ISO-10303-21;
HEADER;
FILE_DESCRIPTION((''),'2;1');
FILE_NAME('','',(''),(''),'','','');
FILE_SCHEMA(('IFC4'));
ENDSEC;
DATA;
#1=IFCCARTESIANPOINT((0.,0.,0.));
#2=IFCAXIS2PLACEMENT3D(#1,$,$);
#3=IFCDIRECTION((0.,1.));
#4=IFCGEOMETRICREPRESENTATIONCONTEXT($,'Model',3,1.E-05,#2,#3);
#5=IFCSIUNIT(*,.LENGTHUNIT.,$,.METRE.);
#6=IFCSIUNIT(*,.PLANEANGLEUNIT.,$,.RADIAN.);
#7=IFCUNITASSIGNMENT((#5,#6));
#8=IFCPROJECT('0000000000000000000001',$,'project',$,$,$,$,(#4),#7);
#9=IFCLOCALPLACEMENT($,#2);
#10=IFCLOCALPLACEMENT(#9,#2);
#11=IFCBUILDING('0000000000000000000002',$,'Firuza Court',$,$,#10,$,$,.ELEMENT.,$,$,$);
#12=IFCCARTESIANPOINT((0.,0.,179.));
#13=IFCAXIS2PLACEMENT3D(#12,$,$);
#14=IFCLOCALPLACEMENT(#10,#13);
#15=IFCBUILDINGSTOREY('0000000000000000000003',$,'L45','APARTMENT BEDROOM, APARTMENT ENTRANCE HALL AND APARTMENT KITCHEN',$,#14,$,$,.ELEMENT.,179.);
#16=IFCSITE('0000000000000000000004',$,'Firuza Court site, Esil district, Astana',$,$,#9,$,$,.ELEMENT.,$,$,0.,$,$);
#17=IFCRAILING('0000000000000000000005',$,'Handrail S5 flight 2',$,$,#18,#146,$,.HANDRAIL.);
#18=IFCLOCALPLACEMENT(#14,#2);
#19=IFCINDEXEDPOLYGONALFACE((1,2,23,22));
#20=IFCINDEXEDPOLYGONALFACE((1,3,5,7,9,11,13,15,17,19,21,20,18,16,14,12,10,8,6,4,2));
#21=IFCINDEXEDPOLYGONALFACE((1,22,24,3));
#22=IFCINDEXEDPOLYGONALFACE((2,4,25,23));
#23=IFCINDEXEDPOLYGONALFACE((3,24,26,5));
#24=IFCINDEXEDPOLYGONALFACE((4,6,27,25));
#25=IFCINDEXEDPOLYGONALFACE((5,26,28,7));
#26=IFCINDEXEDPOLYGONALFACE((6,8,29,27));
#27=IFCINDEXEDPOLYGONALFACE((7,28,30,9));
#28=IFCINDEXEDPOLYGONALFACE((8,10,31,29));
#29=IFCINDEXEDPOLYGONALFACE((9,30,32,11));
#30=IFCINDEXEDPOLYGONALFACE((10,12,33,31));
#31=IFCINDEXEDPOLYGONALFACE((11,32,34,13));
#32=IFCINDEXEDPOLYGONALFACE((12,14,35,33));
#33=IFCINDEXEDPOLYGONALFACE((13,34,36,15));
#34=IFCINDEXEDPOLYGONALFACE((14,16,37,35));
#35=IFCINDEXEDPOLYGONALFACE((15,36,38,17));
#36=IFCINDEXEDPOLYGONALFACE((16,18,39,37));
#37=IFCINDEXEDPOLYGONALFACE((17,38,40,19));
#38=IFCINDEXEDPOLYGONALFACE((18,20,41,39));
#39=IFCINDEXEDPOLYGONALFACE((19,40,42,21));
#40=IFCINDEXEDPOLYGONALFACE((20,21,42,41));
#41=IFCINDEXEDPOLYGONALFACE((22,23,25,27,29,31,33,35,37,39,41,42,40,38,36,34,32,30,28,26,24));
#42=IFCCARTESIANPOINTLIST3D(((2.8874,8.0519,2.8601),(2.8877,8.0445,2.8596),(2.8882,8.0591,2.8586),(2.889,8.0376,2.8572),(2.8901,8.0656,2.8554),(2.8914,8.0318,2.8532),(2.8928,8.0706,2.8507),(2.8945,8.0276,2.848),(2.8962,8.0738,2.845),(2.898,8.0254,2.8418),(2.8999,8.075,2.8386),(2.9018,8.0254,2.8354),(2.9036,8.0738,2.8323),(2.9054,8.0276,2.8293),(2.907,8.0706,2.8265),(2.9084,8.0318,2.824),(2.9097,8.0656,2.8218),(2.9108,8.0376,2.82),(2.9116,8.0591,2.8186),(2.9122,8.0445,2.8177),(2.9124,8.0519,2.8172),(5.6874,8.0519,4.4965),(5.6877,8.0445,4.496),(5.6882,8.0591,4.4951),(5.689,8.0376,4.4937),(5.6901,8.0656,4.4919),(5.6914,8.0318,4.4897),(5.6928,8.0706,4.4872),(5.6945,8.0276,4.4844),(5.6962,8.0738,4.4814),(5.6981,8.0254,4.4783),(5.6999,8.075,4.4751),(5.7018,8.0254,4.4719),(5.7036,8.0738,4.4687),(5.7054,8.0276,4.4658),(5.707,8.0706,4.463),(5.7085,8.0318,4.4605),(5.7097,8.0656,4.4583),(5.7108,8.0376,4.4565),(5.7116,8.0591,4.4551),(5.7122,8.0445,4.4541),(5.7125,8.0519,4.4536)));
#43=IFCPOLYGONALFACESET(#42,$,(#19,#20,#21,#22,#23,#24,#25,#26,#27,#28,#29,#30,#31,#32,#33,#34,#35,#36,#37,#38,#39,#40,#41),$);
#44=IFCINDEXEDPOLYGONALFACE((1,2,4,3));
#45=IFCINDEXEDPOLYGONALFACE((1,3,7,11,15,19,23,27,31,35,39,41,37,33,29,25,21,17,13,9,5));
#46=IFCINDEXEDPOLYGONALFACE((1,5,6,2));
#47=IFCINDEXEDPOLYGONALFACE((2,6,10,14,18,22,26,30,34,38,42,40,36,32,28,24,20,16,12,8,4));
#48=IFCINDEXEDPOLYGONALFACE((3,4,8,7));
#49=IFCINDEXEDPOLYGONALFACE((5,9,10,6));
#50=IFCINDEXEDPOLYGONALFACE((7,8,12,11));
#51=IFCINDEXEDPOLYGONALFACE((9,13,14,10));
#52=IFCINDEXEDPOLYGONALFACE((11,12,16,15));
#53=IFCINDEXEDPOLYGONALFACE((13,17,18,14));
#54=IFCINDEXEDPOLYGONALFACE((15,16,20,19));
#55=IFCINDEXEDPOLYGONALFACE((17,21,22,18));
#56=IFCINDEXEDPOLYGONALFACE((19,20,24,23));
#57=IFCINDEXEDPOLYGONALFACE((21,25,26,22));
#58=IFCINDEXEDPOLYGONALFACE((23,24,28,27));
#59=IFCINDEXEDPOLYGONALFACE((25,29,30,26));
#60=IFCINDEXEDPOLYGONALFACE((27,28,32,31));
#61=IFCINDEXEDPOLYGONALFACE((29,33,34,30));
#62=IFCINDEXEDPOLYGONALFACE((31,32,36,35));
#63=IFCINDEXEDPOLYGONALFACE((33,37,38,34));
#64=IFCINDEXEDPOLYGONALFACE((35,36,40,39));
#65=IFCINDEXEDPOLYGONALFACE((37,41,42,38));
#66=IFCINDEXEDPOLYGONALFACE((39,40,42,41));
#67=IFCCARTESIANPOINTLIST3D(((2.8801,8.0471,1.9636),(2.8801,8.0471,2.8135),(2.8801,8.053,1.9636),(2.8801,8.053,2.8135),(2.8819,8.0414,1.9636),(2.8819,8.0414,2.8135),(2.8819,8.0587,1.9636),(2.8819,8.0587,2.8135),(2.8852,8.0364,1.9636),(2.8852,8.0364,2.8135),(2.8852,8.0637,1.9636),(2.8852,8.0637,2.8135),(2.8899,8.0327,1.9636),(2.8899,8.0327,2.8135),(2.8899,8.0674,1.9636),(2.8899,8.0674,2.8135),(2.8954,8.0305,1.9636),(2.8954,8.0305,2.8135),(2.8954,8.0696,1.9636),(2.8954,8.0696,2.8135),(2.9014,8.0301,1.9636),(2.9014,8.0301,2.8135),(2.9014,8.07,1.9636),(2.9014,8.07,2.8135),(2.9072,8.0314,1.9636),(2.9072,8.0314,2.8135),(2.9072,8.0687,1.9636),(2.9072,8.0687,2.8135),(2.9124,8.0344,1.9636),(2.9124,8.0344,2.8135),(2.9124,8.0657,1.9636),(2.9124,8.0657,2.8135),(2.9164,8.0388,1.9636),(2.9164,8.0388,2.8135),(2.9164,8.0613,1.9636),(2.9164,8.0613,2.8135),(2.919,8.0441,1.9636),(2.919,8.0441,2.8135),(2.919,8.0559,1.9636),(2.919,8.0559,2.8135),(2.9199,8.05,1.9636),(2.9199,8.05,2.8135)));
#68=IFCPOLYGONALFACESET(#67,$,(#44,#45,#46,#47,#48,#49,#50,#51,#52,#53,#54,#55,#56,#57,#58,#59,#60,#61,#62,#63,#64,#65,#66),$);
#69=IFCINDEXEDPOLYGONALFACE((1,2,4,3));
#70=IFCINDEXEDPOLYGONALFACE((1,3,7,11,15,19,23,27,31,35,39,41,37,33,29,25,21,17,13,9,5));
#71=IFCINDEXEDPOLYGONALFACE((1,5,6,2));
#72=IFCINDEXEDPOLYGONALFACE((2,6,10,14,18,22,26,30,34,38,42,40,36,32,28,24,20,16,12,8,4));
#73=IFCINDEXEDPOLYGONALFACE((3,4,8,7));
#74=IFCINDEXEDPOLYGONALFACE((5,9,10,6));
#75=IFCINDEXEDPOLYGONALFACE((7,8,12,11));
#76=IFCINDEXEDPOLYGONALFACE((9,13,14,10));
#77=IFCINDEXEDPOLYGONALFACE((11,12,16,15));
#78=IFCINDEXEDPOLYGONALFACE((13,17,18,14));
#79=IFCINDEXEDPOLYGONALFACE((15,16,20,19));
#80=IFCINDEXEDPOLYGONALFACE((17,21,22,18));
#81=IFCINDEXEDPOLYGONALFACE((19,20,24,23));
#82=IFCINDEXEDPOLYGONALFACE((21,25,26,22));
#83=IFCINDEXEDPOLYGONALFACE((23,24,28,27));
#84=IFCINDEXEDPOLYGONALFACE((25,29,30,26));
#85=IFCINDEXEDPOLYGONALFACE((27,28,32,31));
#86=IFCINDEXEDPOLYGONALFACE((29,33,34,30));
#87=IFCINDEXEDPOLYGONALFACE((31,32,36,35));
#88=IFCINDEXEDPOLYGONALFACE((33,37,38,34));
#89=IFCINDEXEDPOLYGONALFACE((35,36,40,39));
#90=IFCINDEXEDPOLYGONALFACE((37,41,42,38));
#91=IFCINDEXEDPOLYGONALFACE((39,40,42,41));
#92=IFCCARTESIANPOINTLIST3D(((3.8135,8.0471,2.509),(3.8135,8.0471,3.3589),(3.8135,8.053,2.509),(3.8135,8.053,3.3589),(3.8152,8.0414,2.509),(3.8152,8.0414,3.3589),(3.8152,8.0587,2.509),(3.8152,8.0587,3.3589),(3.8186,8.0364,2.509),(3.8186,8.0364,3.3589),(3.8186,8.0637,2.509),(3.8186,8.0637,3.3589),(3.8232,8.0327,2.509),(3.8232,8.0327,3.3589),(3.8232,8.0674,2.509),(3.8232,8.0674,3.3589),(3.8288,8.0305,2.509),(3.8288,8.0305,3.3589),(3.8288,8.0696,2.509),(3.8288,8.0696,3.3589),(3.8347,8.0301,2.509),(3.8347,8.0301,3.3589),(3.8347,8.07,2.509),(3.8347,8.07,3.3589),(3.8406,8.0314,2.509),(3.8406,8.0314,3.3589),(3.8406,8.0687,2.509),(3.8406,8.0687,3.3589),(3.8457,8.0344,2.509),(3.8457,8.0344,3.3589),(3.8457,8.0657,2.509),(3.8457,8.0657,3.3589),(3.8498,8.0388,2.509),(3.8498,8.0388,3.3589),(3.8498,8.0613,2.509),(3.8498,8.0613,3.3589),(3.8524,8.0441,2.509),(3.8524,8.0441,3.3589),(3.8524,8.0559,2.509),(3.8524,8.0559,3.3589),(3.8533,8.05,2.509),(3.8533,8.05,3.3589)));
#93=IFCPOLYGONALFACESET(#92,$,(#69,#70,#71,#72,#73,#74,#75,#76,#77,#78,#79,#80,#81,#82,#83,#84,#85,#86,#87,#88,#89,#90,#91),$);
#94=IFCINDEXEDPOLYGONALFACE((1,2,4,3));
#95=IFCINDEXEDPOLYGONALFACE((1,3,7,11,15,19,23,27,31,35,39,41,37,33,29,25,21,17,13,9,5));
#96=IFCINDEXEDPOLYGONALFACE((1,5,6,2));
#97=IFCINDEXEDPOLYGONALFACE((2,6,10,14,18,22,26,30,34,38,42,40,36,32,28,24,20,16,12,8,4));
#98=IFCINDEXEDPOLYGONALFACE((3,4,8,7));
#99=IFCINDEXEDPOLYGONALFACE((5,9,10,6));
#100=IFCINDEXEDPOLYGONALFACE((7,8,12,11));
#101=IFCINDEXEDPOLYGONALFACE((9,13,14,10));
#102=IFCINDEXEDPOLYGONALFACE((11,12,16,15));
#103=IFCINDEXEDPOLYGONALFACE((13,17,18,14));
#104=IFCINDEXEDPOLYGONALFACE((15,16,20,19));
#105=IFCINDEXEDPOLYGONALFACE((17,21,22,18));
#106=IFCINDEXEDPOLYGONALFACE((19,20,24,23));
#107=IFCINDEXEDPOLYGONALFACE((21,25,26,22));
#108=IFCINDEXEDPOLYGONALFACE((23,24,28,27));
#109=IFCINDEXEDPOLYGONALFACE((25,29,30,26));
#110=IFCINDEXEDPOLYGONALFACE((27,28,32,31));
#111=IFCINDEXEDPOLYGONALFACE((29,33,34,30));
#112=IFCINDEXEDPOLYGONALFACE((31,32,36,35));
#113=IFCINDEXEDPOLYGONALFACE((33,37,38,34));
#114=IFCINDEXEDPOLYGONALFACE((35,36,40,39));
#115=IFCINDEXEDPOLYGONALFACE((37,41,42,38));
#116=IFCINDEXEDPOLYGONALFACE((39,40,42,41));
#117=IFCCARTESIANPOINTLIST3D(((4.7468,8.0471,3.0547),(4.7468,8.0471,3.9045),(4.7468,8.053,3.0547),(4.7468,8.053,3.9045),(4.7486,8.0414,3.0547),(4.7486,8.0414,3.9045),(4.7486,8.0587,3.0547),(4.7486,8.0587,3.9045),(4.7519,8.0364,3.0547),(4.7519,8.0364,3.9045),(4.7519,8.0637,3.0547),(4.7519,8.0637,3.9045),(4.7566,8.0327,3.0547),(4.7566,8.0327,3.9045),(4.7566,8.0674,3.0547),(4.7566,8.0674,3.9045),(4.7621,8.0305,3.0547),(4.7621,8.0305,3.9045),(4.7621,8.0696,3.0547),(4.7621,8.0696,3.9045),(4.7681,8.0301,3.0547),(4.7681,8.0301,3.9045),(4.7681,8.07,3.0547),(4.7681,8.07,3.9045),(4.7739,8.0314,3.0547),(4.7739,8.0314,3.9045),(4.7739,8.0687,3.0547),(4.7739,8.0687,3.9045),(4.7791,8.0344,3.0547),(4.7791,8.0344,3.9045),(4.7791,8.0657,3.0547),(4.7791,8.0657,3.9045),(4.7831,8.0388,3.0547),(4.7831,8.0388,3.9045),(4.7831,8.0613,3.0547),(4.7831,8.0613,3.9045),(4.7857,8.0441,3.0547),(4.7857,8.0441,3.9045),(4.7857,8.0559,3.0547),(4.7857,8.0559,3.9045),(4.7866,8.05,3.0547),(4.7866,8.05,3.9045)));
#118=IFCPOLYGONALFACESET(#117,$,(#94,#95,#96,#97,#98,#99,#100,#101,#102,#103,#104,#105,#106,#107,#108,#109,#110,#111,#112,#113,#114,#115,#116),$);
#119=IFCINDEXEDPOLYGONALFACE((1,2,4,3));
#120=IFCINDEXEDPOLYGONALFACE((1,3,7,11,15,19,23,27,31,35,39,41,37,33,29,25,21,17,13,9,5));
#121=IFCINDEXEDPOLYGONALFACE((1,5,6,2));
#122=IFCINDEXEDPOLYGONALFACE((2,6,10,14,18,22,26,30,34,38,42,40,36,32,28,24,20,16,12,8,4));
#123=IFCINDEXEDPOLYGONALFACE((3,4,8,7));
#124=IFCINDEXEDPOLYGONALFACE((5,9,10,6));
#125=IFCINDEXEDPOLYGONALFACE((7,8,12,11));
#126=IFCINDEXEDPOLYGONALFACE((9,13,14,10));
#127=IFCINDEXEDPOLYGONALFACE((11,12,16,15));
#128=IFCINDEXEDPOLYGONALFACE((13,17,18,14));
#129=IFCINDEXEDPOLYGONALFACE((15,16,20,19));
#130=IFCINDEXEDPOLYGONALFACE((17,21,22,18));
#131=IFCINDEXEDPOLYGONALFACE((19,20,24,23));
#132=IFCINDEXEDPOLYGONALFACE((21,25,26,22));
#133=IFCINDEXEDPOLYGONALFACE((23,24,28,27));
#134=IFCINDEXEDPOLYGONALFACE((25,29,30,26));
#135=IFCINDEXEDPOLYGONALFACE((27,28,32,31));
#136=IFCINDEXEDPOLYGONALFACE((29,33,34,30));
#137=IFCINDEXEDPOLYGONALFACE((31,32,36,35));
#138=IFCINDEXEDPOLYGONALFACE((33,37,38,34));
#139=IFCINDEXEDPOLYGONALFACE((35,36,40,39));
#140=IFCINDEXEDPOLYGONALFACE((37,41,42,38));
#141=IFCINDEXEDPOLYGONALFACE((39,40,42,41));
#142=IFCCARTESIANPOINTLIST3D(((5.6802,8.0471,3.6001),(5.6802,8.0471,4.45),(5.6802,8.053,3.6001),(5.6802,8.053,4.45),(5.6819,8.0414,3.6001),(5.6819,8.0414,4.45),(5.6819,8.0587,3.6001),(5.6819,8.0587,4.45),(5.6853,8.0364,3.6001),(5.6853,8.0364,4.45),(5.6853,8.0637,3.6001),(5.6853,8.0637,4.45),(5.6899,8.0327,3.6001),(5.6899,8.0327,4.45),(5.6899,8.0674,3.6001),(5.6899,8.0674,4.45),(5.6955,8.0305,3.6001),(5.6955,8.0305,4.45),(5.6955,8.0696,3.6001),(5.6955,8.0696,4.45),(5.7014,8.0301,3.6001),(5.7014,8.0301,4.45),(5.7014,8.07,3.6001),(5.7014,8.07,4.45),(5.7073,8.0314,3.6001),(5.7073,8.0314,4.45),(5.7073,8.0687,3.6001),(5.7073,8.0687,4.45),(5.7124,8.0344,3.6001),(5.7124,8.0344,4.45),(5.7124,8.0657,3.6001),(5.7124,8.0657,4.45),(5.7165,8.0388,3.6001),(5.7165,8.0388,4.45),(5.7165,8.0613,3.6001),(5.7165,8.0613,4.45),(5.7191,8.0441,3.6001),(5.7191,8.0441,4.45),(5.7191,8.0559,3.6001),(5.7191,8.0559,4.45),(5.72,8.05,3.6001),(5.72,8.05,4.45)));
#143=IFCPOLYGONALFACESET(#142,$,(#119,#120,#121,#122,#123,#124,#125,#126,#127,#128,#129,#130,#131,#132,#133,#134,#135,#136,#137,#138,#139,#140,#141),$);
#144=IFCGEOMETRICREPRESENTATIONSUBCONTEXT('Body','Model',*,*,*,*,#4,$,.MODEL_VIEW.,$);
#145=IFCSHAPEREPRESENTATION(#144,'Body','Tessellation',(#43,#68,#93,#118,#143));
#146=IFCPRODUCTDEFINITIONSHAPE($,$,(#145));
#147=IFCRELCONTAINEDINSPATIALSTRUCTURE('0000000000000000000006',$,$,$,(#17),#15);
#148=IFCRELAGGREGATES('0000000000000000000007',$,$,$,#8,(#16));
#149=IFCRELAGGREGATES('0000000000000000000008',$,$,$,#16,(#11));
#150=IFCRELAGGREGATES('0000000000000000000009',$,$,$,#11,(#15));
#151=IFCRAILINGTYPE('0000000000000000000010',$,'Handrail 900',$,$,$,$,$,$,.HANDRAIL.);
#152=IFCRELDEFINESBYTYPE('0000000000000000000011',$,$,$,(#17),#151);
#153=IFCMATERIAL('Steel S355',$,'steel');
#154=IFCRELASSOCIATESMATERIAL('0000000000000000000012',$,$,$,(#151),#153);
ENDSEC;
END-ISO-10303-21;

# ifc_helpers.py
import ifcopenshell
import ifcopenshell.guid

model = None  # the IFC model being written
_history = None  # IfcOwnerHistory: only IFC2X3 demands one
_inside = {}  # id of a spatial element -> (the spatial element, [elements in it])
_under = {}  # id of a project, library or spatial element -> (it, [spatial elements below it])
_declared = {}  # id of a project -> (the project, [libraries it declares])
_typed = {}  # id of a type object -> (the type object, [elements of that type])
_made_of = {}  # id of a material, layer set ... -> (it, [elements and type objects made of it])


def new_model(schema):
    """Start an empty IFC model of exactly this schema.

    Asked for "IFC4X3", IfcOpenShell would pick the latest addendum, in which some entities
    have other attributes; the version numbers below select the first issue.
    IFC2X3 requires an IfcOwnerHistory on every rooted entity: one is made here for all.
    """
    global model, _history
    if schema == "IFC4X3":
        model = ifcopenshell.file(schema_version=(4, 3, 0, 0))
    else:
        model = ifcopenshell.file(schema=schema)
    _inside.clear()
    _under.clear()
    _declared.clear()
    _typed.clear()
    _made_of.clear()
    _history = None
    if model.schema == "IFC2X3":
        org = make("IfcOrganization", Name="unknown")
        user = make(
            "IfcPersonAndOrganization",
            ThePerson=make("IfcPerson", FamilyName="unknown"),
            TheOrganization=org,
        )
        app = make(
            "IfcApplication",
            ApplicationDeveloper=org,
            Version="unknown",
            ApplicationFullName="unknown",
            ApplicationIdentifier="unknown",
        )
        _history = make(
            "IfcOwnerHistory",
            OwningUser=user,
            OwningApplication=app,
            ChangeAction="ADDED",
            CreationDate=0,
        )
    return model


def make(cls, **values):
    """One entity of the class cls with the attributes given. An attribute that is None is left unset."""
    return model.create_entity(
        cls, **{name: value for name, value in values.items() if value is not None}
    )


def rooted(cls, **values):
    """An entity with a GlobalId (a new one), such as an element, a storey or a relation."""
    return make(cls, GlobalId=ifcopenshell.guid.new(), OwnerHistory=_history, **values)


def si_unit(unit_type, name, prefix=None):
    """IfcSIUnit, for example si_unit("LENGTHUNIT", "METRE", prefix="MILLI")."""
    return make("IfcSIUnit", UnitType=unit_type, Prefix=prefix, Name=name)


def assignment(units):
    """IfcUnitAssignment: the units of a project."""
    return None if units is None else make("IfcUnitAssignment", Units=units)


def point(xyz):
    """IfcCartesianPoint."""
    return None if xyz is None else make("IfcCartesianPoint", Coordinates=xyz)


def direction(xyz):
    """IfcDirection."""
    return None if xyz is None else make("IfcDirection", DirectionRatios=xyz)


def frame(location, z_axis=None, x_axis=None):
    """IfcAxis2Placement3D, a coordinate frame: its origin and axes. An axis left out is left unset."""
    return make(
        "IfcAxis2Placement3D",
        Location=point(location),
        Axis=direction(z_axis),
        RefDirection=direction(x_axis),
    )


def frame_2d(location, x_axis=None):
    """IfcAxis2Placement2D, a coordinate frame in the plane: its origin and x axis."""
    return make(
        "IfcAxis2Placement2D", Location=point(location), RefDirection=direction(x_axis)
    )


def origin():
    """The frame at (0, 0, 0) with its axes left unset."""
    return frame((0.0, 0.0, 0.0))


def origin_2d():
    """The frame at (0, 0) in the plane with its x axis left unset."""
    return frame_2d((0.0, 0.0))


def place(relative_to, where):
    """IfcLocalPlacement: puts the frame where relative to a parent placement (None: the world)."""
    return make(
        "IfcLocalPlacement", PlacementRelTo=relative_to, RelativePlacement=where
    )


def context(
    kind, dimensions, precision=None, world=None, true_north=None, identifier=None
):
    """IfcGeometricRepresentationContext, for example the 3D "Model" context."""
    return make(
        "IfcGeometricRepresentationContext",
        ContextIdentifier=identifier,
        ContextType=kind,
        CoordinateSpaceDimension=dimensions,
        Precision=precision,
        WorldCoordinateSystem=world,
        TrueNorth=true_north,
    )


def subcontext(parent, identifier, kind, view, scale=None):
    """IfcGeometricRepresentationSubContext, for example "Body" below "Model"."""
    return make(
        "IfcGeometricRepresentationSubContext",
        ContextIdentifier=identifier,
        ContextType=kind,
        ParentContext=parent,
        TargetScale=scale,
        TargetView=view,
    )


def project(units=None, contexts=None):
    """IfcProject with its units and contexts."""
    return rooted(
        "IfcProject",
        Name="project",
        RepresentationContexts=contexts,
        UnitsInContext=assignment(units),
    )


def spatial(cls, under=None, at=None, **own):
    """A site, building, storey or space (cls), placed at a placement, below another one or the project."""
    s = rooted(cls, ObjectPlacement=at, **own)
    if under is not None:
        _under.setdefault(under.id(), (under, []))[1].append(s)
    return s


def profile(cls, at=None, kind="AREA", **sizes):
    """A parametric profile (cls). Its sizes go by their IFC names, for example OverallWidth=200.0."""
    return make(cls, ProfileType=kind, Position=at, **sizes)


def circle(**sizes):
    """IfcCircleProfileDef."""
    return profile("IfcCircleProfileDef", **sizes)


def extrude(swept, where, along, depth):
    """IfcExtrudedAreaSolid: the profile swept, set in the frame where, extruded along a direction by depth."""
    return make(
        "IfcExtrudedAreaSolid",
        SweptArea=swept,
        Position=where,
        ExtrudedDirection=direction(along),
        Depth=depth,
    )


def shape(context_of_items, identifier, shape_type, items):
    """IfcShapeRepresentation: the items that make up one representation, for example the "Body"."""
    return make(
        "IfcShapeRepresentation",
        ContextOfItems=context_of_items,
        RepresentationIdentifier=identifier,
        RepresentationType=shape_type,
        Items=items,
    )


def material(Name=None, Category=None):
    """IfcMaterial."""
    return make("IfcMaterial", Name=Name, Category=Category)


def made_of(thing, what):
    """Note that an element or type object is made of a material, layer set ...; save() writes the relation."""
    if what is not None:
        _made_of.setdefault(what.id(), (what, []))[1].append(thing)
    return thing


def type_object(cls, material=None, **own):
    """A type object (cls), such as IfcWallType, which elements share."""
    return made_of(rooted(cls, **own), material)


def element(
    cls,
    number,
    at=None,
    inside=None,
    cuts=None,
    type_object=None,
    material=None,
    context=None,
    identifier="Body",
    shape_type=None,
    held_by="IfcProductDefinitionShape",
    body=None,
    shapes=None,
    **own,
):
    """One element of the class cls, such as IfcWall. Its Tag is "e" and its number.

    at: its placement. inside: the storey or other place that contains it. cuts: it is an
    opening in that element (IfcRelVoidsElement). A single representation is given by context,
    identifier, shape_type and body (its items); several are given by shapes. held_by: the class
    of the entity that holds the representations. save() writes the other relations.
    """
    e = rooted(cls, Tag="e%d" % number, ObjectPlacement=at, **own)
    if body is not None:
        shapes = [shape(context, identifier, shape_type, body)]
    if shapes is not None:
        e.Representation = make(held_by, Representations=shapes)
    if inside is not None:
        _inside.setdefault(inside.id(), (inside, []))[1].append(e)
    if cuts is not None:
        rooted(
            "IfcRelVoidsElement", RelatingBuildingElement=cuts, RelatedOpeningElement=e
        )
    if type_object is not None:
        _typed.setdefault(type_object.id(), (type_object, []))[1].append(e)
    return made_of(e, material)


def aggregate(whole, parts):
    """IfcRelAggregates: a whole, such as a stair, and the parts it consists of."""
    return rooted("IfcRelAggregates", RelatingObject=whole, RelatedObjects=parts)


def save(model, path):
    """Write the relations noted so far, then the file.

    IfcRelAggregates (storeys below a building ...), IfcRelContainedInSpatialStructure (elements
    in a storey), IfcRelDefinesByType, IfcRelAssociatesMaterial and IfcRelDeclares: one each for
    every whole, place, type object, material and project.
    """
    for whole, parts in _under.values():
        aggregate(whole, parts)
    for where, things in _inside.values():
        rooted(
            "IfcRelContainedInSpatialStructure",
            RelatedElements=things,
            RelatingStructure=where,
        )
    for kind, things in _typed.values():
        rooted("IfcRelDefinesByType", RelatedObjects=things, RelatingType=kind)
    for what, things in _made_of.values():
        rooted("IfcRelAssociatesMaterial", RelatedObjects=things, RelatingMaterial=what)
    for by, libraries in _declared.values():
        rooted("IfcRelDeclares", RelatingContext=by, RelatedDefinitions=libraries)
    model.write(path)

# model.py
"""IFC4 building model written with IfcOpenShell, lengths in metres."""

from ifc_helpers import new_model, si_unit, direction, frame, origin, origin_2d, place, context, subcontext, project, spatial, circle, extrude, material, type_object, element, save


model = new_model("IFC4")

# Units and contexts
model_context = context("Model", 3, precision=1e-05, world=origin(), true_north=direction((0.0, 1.0)))
body_context = subcontext(model_context, "Body", "Model", "MODEL_VIEW")
ifc_project = project(units=[si_unit("LENGTHUNIT", "METRE"), si_unit("PLANEANGLEUNIT", "RADIAN")], contexts=[model_context])

# Site, building, storey
site_placement = place(None, origin())
site = spatial("IfcSite", under=ifc_project, at=site_placement, Name="Firuza Court site, Esil district, Astana", CompositionType="ELEMENT", RefElevation=0.0)
building_placement = place(site_placement, origin())
building = spatial("IfcBuilding", under=site, at=building_placement, Name="Firuza Court", CompositionType="ELEMENT")
storey_placement = place(building_placement, frame((0.0, 0.0, 179.0)))
storey = spatial("IfcBuildingStorey", under=building, at=storey_placement, Name="L45", Description="APARTMENT BEDROOM, APARTMENT ENTRANCE HALL AND APARTMENT KITCHEN", CompositionType="ELEMENT", Elevation=179.0)

# Railing
ifc_material_1 = material(Name="Steel S355", Category="steel")
railing_type_1 = type_object("IfcRailingType", Name="Handrail 900", PredefinedType="HANDRAIL", material=ifc_material_1)
railing_1_placement = place(storey_placement, frame((2.8999, 8.05, 1.9636)))
element("IfcRailing", 1, at=railing_1_placement, inside=storey, type_object=railing_type_1, Name="Handrail S5 flight 2", PredefinedType="HANDRAIL", context=body_context, shape_type="SweptSolid", body=[
    extrude(circle(Radius=0.0249, at=origin_2d()), frame((0.0, 0.0, 0.875), z_axis=(0.863361, 0.0, 0.504587), x_axis=(0.0, 1.0, 0.0)), (0.0, 0.0, 1.0), 3.2432),
    extrude(circle(Radius=0.02, at=origin_2d()), origin(), (0.0, 0.0, 1.0), 0.8499),
    extrude(circle(Radius=0.02, at=origin_2d()), frame((0.9333, 0.0, 0.5454)), (0.0, 0.0, 1.0), 0.8499),
    extrude(circle(Radius=0.02, at=origin_2d()), frame((1.8667, 0.0, 1.0911)), (0.0, 0.0, 1.0), 0.8499),
    extrude(circle(Radius=0.02, at=origin_2d()), frame((2.8, 0.0, 1.6365)), (0.0, 0.0, 1.0), 0.8499),
])

save(model, "model.ifc")
